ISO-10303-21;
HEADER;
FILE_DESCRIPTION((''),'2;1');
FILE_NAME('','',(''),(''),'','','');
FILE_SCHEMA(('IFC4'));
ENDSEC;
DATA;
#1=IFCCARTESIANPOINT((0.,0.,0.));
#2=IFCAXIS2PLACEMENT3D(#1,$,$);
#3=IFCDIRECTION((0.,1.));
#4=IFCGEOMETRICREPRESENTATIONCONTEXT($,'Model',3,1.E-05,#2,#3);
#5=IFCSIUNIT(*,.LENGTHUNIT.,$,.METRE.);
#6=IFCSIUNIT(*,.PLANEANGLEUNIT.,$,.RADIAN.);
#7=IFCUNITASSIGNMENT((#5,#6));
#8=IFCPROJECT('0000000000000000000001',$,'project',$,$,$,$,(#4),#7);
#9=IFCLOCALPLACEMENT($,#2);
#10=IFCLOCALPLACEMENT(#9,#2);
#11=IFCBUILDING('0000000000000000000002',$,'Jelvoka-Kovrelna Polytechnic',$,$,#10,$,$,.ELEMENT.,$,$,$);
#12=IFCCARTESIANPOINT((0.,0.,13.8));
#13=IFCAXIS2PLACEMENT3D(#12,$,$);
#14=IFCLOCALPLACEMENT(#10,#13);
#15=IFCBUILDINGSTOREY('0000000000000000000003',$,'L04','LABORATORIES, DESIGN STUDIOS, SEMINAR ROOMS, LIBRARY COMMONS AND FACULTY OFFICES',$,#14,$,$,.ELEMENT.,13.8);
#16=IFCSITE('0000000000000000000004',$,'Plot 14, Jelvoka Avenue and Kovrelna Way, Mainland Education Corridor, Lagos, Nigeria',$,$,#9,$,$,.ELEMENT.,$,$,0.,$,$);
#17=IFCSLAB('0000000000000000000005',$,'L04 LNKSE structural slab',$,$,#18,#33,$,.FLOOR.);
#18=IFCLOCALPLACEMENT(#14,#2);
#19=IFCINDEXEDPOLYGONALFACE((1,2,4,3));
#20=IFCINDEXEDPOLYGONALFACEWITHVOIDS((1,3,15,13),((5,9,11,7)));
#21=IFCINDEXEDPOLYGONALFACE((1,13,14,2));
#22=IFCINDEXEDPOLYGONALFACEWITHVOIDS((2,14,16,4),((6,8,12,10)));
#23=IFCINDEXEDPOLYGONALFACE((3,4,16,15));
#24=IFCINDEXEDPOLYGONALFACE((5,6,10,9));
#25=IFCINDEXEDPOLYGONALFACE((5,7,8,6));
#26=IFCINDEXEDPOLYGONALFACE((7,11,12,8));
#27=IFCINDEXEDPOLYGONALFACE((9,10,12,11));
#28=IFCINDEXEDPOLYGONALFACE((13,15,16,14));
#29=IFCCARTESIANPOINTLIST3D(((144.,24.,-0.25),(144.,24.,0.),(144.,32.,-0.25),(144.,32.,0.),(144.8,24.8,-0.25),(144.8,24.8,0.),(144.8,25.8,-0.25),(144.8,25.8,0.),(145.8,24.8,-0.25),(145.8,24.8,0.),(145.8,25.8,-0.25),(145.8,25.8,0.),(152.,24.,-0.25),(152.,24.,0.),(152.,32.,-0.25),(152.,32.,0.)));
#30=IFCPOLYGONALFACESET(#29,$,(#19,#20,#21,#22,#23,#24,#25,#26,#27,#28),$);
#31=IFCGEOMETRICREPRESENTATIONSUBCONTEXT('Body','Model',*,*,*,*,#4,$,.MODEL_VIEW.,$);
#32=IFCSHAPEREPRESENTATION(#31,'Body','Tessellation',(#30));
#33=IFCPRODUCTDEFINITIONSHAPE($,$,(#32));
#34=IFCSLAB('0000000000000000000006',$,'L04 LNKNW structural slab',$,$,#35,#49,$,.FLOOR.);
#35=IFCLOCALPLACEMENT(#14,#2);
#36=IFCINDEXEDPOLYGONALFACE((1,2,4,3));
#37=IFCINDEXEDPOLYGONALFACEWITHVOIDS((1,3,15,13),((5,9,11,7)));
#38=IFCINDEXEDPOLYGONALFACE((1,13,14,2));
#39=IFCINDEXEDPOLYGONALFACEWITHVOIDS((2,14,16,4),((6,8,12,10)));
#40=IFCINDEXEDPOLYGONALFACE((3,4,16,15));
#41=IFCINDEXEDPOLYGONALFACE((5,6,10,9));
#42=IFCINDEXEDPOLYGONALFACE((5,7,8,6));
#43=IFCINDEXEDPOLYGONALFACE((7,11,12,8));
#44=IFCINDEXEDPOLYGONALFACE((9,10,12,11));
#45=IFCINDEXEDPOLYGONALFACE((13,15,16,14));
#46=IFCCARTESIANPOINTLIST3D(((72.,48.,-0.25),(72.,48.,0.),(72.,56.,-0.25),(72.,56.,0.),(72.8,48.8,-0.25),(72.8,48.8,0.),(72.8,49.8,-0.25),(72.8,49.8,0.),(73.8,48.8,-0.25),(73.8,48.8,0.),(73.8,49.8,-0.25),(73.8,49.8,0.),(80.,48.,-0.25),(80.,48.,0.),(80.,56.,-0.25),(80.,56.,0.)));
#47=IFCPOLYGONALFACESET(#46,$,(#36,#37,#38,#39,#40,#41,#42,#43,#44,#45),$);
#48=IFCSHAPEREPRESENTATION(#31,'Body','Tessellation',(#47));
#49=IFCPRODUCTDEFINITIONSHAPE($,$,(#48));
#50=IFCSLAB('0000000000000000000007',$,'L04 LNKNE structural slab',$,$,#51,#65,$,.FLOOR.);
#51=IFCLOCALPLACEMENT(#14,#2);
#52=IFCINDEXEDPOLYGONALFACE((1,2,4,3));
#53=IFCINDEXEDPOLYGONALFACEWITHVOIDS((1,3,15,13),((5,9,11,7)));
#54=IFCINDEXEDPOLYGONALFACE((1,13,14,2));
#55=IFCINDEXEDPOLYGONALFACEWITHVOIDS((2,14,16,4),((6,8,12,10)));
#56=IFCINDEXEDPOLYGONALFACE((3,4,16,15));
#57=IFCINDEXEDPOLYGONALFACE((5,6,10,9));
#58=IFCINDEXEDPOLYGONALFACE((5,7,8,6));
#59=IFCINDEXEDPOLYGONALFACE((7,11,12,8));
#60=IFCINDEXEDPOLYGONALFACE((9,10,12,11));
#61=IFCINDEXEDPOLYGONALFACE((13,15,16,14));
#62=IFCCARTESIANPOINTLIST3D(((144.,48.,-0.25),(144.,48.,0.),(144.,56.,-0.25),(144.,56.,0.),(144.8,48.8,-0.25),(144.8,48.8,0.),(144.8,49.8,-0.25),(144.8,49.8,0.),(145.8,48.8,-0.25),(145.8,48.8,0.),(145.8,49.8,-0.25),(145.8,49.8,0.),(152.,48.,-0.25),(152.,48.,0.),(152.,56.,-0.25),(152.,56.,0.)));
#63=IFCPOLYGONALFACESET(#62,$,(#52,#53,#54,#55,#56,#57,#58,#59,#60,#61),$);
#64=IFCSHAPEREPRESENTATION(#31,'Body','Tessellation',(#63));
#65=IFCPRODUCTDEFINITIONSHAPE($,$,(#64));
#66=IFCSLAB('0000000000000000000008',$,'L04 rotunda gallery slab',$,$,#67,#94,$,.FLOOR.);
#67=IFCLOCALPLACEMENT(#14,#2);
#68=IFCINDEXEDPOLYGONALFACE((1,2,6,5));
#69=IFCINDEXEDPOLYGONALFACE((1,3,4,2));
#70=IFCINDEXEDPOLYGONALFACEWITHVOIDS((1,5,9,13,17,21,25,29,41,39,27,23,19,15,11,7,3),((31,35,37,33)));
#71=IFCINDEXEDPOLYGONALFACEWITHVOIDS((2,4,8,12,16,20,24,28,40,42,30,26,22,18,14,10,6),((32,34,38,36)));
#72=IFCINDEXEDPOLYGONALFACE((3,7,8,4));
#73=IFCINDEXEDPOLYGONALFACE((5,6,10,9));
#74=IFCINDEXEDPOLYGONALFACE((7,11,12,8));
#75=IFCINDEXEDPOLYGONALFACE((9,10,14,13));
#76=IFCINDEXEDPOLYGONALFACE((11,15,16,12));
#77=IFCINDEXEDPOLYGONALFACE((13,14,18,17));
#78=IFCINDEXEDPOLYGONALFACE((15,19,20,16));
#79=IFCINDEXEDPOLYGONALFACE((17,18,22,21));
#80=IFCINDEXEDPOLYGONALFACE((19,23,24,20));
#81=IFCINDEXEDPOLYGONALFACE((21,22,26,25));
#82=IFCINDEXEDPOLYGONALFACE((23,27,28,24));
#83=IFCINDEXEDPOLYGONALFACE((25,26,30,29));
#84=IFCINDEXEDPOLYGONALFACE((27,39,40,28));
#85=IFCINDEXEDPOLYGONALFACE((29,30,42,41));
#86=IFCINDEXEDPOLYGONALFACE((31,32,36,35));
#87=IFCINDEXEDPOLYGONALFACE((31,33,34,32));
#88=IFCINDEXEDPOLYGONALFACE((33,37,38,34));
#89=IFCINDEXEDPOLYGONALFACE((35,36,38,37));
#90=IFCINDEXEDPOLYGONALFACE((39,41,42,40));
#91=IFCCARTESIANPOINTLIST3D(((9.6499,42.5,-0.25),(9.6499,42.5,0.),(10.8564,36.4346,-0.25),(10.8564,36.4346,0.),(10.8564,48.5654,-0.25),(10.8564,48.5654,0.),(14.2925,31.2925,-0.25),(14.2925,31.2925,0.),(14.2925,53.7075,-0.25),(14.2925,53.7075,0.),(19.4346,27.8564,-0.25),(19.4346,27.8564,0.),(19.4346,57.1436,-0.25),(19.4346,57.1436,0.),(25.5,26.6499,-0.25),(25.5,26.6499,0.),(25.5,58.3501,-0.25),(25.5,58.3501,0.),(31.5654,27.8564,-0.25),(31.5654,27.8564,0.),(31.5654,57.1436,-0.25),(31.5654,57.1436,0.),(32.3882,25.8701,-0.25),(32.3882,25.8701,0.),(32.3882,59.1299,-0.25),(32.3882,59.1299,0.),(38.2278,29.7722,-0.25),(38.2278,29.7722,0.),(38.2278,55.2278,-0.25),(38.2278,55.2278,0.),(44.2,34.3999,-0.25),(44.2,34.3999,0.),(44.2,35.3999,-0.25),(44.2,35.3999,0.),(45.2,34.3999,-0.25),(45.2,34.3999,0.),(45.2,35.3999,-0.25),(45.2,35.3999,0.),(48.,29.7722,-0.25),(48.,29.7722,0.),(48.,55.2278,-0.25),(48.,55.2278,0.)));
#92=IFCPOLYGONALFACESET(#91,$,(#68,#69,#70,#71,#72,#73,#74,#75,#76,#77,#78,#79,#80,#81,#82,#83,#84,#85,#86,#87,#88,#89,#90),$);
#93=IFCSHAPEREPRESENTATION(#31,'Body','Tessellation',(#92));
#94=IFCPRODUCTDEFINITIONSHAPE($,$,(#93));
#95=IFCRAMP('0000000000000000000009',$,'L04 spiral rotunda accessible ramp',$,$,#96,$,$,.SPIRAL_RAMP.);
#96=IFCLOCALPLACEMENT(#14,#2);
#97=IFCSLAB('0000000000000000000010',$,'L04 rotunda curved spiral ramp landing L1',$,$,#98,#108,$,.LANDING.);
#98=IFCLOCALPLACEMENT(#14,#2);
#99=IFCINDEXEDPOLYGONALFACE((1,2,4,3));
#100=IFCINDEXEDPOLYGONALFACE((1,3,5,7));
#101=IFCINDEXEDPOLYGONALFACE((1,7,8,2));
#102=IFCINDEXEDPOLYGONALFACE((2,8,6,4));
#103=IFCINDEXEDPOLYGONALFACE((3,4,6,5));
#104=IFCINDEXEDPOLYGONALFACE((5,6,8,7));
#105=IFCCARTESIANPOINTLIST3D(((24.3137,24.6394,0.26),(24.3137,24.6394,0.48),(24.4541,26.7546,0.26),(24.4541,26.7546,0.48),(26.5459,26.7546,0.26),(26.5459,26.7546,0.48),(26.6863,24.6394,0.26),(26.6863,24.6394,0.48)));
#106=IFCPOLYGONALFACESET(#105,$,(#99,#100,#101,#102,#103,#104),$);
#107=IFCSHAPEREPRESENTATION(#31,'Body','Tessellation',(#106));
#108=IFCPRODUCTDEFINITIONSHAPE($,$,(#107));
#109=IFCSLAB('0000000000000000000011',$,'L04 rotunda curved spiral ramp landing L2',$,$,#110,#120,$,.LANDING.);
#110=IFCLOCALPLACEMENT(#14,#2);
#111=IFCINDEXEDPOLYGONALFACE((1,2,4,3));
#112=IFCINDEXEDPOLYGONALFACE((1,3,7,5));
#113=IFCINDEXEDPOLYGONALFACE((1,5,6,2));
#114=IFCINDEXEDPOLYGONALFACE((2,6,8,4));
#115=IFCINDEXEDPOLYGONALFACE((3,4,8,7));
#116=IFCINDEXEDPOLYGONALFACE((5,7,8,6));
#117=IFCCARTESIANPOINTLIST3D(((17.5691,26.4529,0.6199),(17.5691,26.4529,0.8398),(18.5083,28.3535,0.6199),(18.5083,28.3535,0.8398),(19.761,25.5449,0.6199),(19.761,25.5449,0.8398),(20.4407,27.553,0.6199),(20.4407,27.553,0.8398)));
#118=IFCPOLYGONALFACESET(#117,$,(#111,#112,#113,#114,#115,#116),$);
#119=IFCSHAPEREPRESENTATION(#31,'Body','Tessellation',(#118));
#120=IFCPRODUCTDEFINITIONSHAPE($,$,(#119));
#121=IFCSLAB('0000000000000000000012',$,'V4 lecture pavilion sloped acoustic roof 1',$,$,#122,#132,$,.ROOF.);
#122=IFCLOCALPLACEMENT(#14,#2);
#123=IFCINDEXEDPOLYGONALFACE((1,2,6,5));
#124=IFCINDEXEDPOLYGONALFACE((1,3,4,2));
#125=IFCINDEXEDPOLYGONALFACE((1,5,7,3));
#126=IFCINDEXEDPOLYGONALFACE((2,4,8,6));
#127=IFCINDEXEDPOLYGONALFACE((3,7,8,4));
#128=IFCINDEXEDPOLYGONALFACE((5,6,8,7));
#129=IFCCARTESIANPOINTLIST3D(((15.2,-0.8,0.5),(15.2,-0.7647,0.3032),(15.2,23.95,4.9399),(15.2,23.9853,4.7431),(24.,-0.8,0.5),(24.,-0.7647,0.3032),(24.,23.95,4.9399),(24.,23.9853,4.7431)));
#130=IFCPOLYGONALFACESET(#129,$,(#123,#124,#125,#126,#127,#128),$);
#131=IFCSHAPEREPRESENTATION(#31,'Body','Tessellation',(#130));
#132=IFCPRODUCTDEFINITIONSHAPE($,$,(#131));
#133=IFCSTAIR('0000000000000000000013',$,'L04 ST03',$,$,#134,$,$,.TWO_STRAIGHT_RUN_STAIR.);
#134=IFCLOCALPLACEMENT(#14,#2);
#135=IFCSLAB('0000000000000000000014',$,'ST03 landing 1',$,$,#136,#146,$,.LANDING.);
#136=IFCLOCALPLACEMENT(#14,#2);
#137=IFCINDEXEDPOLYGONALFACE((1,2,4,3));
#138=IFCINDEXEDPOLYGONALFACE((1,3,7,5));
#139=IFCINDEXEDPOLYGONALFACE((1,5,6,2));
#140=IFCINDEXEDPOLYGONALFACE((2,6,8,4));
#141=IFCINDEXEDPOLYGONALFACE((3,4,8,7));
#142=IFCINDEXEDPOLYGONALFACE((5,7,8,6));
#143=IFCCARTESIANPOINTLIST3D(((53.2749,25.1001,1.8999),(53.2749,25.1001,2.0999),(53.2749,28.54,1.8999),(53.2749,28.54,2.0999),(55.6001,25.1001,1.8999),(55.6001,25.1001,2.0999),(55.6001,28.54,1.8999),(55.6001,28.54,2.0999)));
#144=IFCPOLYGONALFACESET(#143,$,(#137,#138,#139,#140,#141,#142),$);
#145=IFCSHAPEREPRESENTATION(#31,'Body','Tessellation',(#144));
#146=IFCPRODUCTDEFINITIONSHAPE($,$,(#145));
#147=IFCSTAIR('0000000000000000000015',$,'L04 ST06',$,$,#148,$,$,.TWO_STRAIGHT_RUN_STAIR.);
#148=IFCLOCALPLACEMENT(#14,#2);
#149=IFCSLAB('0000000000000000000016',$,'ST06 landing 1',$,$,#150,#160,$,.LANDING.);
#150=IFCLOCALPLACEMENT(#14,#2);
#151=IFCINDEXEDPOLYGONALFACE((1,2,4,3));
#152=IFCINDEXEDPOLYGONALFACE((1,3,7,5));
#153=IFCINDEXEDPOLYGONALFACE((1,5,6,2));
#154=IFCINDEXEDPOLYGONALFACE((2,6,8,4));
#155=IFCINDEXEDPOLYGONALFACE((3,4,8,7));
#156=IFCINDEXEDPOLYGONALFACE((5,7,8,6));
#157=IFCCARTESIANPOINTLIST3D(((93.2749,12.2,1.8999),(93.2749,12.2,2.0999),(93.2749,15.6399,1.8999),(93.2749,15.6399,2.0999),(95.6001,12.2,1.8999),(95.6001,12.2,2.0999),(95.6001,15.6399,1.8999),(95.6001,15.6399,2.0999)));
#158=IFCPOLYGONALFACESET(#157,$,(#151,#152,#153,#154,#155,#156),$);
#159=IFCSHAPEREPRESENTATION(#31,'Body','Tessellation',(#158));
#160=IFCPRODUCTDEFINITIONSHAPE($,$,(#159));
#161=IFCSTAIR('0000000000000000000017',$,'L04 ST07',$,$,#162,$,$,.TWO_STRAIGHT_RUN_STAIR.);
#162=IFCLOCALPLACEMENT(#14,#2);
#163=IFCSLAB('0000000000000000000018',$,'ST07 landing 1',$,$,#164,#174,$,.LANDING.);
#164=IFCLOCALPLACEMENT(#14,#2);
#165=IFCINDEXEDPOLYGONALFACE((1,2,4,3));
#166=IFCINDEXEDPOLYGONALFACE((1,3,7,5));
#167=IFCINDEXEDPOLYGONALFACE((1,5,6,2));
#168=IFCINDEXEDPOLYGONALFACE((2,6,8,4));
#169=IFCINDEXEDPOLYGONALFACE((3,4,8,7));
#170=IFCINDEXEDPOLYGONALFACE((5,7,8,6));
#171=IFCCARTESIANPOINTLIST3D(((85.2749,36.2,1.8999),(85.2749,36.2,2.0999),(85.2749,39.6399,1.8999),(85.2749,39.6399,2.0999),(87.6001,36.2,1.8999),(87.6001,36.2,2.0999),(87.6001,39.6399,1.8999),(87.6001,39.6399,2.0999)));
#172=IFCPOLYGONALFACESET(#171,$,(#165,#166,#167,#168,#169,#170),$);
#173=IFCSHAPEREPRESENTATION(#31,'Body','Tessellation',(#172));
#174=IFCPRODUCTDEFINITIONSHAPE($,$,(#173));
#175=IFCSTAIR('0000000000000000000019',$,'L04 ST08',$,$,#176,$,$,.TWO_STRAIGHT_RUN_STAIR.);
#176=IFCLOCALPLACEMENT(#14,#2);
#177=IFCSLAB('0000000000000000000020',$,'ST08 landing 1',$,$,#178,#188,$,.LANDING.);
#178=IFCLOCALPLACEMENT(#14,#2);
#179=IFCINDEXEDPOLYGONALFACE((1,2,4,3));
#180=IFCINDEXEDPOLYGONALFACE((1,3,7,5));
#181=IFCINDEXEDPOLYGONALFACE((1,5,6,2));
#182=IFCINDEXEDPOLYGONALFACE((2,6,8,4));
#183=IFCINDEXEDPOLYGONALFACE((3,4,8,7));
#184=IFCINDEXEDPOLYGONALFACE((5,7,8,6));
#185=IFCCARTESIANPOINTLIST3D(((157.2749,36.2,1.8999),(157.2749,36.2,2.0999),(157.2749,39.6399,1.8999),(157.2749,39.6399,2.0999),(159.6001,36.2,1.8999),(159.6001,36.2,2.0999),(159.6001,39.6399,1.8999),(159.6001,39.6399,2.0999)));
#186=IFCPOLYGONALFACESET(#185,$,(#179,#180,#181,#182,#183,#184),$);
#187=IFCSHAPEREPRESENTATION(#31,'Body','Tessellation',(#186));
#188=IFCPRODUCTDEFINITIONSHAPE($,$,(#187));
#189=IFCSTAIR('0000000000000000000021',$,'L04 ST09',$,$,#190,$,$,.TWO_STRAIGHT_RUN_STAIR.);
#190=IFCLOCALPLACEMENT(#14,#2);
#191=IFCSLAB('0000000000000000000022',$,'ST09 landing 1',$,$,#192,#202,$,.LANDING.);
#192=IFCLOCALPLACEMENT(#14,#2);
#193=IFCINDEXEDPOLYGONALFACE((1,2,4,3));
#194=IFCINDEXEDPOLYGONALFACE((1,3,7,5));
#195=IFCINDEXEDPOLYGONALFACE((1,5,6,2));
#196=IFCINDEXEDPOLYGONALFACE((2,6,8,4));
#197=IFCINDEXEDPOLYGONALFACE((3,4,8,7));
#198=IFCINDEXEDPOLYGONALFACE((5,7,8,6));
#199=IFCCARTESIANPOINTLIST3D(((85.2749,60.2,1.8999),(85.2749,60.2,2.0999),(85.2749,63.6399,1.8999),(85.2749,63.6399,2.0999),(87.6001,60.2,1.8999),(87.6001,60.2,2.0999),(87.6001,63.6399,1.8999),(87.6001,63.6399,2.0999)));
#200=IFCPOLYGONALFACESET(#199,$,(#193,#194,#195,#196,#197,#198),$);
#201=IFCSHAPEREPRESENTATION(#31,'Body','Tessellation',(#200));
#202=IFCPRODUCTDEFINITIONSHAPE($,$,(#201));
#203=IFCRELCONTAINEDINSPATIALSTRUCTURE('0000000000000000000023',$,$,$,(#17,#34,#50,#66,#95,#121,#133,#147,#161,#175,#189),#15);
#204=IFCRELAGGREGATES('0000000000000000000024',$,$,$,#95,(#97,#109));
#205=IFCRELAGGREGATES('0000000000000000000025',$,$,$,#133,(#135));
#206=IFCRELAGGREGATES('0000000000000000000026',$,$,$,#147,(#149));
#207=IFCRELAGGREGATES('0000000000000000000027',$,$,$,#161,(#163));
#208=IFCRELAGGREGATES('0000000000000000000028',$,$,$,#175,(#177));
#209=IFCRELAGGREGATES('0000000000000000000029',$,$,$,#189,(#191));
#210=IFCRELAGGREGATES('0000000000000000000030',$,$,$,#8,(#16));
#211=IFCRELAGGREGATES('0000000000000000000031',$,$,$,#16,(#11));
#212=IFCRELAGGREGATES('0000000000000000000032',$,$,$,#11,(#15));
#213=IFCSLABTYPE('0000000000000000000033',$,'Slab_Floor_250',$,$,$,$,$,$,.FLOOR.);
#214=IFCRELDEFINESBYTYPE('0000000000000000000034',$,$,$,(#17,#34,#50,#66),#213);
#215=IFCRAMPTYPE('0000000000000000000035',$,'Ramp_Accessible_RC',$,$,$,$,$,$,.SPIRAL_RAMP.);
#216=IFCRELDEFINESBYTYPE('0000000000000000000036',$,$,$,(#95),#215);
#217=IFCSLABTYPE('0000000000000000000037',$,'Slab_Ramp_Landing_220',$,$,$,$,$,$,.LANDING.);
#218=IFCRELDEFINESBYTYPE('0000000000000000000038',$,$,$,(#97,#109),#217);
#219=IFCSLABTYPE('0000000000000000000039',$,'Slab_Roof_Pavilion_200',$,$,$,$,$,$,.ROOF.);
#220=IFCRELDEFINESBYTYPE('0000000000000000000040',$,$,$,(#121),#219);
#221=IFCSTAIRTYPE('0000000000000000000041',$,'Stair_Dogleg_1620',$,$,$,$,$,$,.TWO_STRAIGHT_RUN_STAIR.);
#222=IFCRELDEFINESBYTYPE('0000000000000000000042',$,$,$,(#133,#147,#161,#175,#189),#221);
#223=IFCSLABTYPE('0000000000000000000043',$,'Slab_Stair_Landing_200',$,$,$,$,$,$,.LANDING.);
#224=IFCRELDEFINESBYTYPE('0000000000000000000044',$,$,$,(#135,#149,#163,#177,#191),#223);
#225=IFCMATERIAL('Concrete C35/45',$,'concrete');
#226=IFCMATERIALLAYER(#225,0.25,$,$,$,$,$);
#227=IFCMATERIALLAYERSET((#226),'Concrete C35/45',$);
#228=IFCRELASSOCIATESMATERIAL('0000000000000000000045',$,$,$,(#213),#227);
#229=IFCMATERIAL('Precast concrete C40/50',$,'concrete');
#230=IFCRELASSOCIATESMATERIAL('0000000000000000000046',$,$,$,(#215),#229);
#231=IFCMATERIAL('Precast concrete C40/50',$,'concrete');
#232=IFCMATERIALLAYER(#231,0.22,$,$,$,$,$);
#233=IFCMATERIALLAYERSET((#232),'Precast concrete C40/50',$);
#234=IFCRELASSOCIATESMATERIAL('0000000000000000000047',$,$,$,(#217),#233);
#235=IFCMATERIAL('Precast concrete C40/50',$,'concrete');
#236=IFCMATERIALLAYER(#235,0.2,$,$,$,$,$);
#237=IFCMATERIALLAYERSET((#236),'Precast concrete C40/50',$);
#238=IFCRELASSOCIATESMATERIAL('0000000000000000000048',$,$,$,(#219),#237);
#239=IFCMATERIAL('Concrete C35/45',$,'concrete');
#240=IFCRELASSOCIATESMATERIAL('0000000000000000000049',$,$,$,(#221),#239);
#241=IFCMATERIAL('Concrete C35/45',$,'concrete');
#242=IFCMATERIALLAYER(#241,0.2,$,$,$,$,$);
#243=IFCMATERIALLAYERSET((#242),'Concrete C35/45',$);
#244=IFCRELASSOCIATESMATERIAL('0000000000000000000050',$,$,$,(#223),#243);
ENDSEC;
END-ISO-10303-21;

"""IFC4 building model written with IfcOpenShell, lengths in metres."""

from ifc_helpers import new_model, si_unit, direction, frame, origin, place, context, subcontext, project, spatial, polyline, outline, extrude, material, layer, layer_set, type_object, element, aggregate, save


model = new_model("IFC4")

# Units and contexts
model_context = context("Model", 3, precision=1e-05, world=origin(), true_north=direction((0.0, 1.0)))
body_context = subcontext(model_context, "Body", "Model", "MODEL_VIEW")
ifc_project = project(units=[si_unit("LENGTHUNIT", "METRE"), si_unit("PLANEANGLEUNIT", "RADIAN")], contexts=[model_context])

# Site, building, storey
site_placement = place(None, origin())
site = spatial("IfcSite", under=ifc_project, at=site_placement, Name="Plot 14, Jelvoka Avenue and Kovrelna Way, Mainland Education Corridor, Lagos, Nigeria", CompositionType="ELEMENT", RefElevation=0.0)
building_placement = place(site_placement, origin())
building = spatial("IfcBuilding", under=site, at=building_placement, Name="Jelvoka-Kovrelna Polytechnic", CompositionType="ELEMENT")
storey_placement = place(building_placement, frame((0.0, 0.0, 13.8)))
storey = spatial("IfcBuildingStorey", under=building, at=storey_placement, Name="L04", Description="LABORATORIES, DESIGN STUDIOS, SEMINAR ROOMS, LIBRARY COMMONS AND FACULTY OFFICES", CompositionType="ELEMENT", Elevation=13.8)

# Slabs
ifc_material_1 = material(Name="Concrete C35/45", Category="concrete")
ifc_layer_1 = layer(ifc_material_1, 0.25)
ifc_layer_set_1 = layer_set([ifc_layer_1], Name="Concrete C35/45")
slab_type_1 = type_object("IfcSlabType", Name="Slab_Floor_250", PredefinedType="FLOOR", material=ifc_layer_set_1)
slab_1_placement = place(storey_placement, frame((0.0, 0.0, -0.25)))
element("IfcSlab", 1, at=slab_1_placement, inside=storey, type_object=slab_type_1, Name="L04 LNKSE structural slab", PredefinedType="FLOOR", context=body_context, shape_type="SweptSolid", body=[
    extrude(outline(polyline([(144.0, 24.0), (152.0, 24.0), (152.0, 32.0), (144.0, 32.0), (144.0, 24.0)]), holes=[polyline([(144.8, 24.8), (145.8, 24.8), (145.8, 25.8), (144.8, 25.8), (144.8, 24.8)])]), origin(), (0.0, 0.0, 1.0), 0.25),
])
slab_2_placement = place(storey_placement, frame((0.0, 0.0, -0.25)))
element("IfcSlab", 2, at=slab_2_placement, inside=storey, type_object=slab_type_1, Name="L04 LNKNW structural slab", PredefinedType="FLOOR", context=body_context, shape_type="SweptSolid", body=[
    extrude(outline(polyline([(72.0, 48.0), (80.0, 48.0), (80.0, 56.0), (72.0, 56.0), (72.0, 48.0)]), holes=[polyline([(72.8, 48.8), (73.8, 48.8), (73.8, 49.8), (72.8, 49.8), (72.8, 48.8)])]), origin(), (0.0, 0.0, 1.0), 0.25),
])
slab_3_placement = place(storey_placement, frame((0.0, 0.0, -0.25)))
element("IfcSlab", 3, at=slab_3_placement, inside=storey, type_object=slab_type_1, Name="L04 LNKNE structural slab", PredefinedType="FLOOR", context=body_context, shape_type="SweptSolid", body=[
    extrude(outline(polyline([(144.0, 48.0), (152.0, 48.0), (152.0, 56.0), (144.0, 56.0), (144.0, 48.0)]), holes=[polyline([(144.8, 48.8), (145.8, 48.8), (145.8, 49.8), (144.8, 49.8), (144.8, 48.8)])]), origin(), (0.0, 0.0, 1.0), 0.25),
])
slab_4_placement = place(storey_placement, frame((0.0, 0.0, -0.25)))
element("IfcSlab", 4, at=slab_4_placement, inside=storey, type_object=slab_type_1, Name="L04 rotunda gallery slab", PredefinedType="FLOOR", context=body_context, shape_type="SweptSolid", body=[
    extrude(outline(polyline([(48.0, 29.7722), (48.0, 55.2278), (38.2278, 55.2278), (32.3882, 59.1299), (31.5654, 57.1436), (25.5, 58.3501), (19.4346, 57.1436), (14.2925, 53.7075), (10.8564, 48.5654), (9.6499, 42.5), (10.8564, 36.4346), (14.2925, 31.2925), (19.4346, 27.8564), (25.5, 26.6499), (31.5654, 27.8564), (32.3882, 25.8701), (38.2278, 29.7722), (48.0, 29.7722)]), holes=[polyline([(44.2, 34.3999), (45.2, 34.3999), (45.2, 35.3999), (44.2, 35.3999), (44.2, 34.3999)])]), origin(), (0.0, 0.0, 1.0), 0.25),
])

# Ramp, slabs
ifc_material_2 = material(Name="Precast concrete C40/50", Category="concrete")
ramp_type = type_object("IfcRampType", Name="Ramp_Accessible_RC", PredefinedType="SPIRAL_RAMP", material=ifc_material_2)
ramp_placement = place(storey_placement, origin())
ramp = element("IfcRamp", 5, at=ramp_placement, inside=storey, type_object=ramp_type, Name="L04 spiral rotunda accessible ramp", PredefinedType="SPIRAL_RAMP")
ifc_material_3 = material(Name="Precast concrete C40/50", Category="concrete")
ifc_layer_2 = layer(ifc_material_3, 0.22)
ifc_layer_set_2 = layer_set([ifc_layer_2], Name="Precast concrete C40/50")
slab_type_2 = type_object("IfcSlabType", Name="Slab_Ramp_Landing_220", PredefinedType="LANDING", material=ifc_layer_set_2)
slab_5_placement = place(storey_placement, frame((0.0, 0.0, 0.26)))
slab_5 = element("IfcSlab", 6, at=slab_5_placement, type_object=slab_type_2, Name="L04 rotunda curved spiral ramp landing L1", PredefinedType="LANDING", context=body_context, shape_type="SweptSolid", body=[
    extrude(outline(polyline([(24.4541, 26.7546), (24.3137, 24.6394), (26.6863, 24.6394), (26.5459, 26.7546), (24.4541, 26.7546)])), origin(), (0.0, 0.0, 1.0), 0.22),
])
slab_6_placement = place(storey_placement, frame((0.0, 0.0, 0.6199)))
slab_6 = element("IfcSlab", 7, at=slab_6_placement, type_object=slab_type_2, Name="L04 rotunda curved spiral ramp landing L2", PredefinedType="LANDING", context=body_context, shape_type="SweptSolid", body=[
    extrude(outline(polyline([(18.5083, 28.3535), (17.5691, 26.4529), (19.761, 25.5449), (20.4407, 27.553), (18.5083, 28.3535)])), origin(), (0.0, 0.0, 1.0), 0.22),
])
aggregate(ramp, [slab_5, slab_6])

# Slab
ifc_material_4 = material(Name="Precast concrete C40/50", Category="concrete")
ifc_layer_3 = layer(ifc_material_4, 0.2)
ifc_layer_set_3 = layer_set([ifc_layer_3], Name="Precast concrete C40/50")
slab_type_3 = type_object("IfcSlabType", Name="Slab_Roof_Pavilion_200", PredefinedType="ROOF", material=ifc_layer_set_3)
slab_7_placement = place(storey_placement, frame((15.2, -0.8, 0.5), z_axis=(0.0, -0.176573, 0.984288), x_axis=(1.0, 0.0, 0.0)))
element("IfcSlab", 8, at=slab_7_placement, inside=storey, type_object=slab_type_3, Name="V4 lecture pavilion sloped acoustic roof 1", PredefinedType="ROOF", context=body_context, shape_type="SweptSolid", body=[
    extrude(outline(polyline([(0.0, 0.0), (8.8, 0.0), (8.8, 25.1451), (0.0, 25.1451), (0.0, 0.0)])), origin(), (0.0, 0.0, -1.0), 0.2),
])

# Stairs, slabs
ifc_material_5 = material(Name="Concrete C35/45", Category="concrete")
stair_type_1 = type_object("IfcStairType", Name="Stair_Dogleg_1620", PredefinedType="TWO_STRAIGHT_RUN_STAIR", material=ifc_material_5)
stair_1_placement = place(storey_placement, origin())
stair_1 = element("IfcStair", 9, at=stair_1_placement, inside=storey, type_object=stair_type_1, Name="L04 ST03", PredefinedType="TWO_STRAIGHT_RUN_STAIR")
ifc_material_6 = material(Name="Concrete C35/45", Category="concrete")
ifc_layer_4 = layer(ifc_material_6, 0.2)
ifc_layer_set_4 = layer_set([ifc_layer_4], Name="Concrete C35/45")
slab_type_4 = type_object("IfcSlabType", Name="Slab_Stair_Landing_200", PredefinedType="LANDING", material=ifc_layer_set_4)
slab_8_placement = place(storey_placement, frame((0.0, 0.0, 1.8999)))
slab_8 = element("IfcSlab", 10, at=slab_8_placement, type_object=slab_type_4, Name="ST03 landing 1", PredefinedType="LANDING", context=body_context, shape_type="SweptSolid", body=[
    extrude(outline(polyline([(53.2749, 25.1001), (55.6001, 25.1001), (55.6001, 28.54), (53.2749, 28.54), (53.2749, 25.1001)])), origin(), (0.0, 0.0, 1.0), 0.2),
])
aggregate(stair_1, [slab_8])
stair_2_placement = place(storey_placement, origin())
stair_2 = element("IfcStair", 11, at=stair_2_placement, inside=storey, type_object=stair_type_1, Name="L04 ST06", PredefinedType="TWO_STRAIGHT_RUN_STAIR")
slab_9_placement = place(storey_placement, frame((0.0, 0.0, 1.8999)))
slab_9 = element("IfcSlab", 12, at=slab_9_placement, type_object=slab_type_4, Name="ST06 landing 1", PredefinedType="LANDING", context=body_context, shape_type="SweptSolid", body=[
    extrude(outline(polyline([(93.2749, 12.2), (95.6001, 12.2), (95.6001, 15.6399), (93.2749, 15.6399), (93.2749, 12.2)])), origin(), (0.0, 0.0, 1.0), 0.2),
])
aggregate(stair_2, [slab_9])
stair_3_placement = place(storey_placement, origin())
stair_3 = element("IfcStair", 13, at=stair_3_placement, inside=storey, type_object=stair_type_1, Name="L04 ST07", PredefinedType="TWO_STRAIGHT_RUN_STAIR")
slab_10_placement = place(storey_placement, frame((0.0, 0.0, 1.8999)))
slab_10 = element("IfcSlab", 14, at=slab_10_placement, type_object=slab_type_4, Name="ST07 landing 1", PredefinedType="LANDING", context=body_context, shape_type="SweptSolid", body=[
    extrude(outline(polyline([(85.2749, 36.2), (87.6001, 36.2), (87.6001, 39.6399), (85.2749, 39.6399), (85.2749, 36.2)])), origin(), (0.0, 0.0, 1.0), 0.2),
])
aggregate(stair_3, [slab_10])
stair_4_placement = place(storey_placement, origin())
stair_4 = element("IfcStair", 15, at=stair_4_placement, inside=storey, type_object=stair_type_1, Name="L04 ST08", PredefinedType="TWO_STRAIGHT_RUN_STAIR")
slab_11_placement = place(storey_placement, frame((0.0, 0.0, 1.8999)))
slab_11 = element("IfcSlab", 16, at=slab_11_placement, type_object=slab_type_4, Name="ST08 landing 1", PredefinedType="LANDING", context=body_context, shape_type="SweptSolid", body=[
    extrude(outline(polyline([(157.2749, 36.2), (159.6001, 36.2), (159.6001, 39.6399), (157.2749, 39.6399), (157.2749, 36.2)])), origin(), (0.0, 0.0, 1.0), 0.2),
])
aggregate(stair_4, [slab_11])
stair_5_placement = place(storey_placement, origin())
stair_5 = element("IfcStair", 17, at=stair_5_placement, inside=storey, type_object=stair_type_1, Name="L04 ST09", PredefinedType="TWO_STRAIGHT_RUN_STAIR")
slab_12_placement = place(storey_placement, frame((0.0, 0.0, 1.8999)))
slab_12 = element("IfcSlab", 18, at=slab_12_placement, type_object=slab_type_4, Name="ST09 landing 1", PredefinedType="LANDING", context=body_context, shape_type="SweptSolid", body=[
    extrude(outline(polyline([(85.2749, 60.2), (87.6001, 60.2), (87.6001, 63.6399), (85.2749, 63.6399), (85.2749, 60.2)])), origin(), (0.0, 0.0, 1.0), 0.2),
])
aggregate(stair_5, [slab_12])

save(model, "model.ifc")
